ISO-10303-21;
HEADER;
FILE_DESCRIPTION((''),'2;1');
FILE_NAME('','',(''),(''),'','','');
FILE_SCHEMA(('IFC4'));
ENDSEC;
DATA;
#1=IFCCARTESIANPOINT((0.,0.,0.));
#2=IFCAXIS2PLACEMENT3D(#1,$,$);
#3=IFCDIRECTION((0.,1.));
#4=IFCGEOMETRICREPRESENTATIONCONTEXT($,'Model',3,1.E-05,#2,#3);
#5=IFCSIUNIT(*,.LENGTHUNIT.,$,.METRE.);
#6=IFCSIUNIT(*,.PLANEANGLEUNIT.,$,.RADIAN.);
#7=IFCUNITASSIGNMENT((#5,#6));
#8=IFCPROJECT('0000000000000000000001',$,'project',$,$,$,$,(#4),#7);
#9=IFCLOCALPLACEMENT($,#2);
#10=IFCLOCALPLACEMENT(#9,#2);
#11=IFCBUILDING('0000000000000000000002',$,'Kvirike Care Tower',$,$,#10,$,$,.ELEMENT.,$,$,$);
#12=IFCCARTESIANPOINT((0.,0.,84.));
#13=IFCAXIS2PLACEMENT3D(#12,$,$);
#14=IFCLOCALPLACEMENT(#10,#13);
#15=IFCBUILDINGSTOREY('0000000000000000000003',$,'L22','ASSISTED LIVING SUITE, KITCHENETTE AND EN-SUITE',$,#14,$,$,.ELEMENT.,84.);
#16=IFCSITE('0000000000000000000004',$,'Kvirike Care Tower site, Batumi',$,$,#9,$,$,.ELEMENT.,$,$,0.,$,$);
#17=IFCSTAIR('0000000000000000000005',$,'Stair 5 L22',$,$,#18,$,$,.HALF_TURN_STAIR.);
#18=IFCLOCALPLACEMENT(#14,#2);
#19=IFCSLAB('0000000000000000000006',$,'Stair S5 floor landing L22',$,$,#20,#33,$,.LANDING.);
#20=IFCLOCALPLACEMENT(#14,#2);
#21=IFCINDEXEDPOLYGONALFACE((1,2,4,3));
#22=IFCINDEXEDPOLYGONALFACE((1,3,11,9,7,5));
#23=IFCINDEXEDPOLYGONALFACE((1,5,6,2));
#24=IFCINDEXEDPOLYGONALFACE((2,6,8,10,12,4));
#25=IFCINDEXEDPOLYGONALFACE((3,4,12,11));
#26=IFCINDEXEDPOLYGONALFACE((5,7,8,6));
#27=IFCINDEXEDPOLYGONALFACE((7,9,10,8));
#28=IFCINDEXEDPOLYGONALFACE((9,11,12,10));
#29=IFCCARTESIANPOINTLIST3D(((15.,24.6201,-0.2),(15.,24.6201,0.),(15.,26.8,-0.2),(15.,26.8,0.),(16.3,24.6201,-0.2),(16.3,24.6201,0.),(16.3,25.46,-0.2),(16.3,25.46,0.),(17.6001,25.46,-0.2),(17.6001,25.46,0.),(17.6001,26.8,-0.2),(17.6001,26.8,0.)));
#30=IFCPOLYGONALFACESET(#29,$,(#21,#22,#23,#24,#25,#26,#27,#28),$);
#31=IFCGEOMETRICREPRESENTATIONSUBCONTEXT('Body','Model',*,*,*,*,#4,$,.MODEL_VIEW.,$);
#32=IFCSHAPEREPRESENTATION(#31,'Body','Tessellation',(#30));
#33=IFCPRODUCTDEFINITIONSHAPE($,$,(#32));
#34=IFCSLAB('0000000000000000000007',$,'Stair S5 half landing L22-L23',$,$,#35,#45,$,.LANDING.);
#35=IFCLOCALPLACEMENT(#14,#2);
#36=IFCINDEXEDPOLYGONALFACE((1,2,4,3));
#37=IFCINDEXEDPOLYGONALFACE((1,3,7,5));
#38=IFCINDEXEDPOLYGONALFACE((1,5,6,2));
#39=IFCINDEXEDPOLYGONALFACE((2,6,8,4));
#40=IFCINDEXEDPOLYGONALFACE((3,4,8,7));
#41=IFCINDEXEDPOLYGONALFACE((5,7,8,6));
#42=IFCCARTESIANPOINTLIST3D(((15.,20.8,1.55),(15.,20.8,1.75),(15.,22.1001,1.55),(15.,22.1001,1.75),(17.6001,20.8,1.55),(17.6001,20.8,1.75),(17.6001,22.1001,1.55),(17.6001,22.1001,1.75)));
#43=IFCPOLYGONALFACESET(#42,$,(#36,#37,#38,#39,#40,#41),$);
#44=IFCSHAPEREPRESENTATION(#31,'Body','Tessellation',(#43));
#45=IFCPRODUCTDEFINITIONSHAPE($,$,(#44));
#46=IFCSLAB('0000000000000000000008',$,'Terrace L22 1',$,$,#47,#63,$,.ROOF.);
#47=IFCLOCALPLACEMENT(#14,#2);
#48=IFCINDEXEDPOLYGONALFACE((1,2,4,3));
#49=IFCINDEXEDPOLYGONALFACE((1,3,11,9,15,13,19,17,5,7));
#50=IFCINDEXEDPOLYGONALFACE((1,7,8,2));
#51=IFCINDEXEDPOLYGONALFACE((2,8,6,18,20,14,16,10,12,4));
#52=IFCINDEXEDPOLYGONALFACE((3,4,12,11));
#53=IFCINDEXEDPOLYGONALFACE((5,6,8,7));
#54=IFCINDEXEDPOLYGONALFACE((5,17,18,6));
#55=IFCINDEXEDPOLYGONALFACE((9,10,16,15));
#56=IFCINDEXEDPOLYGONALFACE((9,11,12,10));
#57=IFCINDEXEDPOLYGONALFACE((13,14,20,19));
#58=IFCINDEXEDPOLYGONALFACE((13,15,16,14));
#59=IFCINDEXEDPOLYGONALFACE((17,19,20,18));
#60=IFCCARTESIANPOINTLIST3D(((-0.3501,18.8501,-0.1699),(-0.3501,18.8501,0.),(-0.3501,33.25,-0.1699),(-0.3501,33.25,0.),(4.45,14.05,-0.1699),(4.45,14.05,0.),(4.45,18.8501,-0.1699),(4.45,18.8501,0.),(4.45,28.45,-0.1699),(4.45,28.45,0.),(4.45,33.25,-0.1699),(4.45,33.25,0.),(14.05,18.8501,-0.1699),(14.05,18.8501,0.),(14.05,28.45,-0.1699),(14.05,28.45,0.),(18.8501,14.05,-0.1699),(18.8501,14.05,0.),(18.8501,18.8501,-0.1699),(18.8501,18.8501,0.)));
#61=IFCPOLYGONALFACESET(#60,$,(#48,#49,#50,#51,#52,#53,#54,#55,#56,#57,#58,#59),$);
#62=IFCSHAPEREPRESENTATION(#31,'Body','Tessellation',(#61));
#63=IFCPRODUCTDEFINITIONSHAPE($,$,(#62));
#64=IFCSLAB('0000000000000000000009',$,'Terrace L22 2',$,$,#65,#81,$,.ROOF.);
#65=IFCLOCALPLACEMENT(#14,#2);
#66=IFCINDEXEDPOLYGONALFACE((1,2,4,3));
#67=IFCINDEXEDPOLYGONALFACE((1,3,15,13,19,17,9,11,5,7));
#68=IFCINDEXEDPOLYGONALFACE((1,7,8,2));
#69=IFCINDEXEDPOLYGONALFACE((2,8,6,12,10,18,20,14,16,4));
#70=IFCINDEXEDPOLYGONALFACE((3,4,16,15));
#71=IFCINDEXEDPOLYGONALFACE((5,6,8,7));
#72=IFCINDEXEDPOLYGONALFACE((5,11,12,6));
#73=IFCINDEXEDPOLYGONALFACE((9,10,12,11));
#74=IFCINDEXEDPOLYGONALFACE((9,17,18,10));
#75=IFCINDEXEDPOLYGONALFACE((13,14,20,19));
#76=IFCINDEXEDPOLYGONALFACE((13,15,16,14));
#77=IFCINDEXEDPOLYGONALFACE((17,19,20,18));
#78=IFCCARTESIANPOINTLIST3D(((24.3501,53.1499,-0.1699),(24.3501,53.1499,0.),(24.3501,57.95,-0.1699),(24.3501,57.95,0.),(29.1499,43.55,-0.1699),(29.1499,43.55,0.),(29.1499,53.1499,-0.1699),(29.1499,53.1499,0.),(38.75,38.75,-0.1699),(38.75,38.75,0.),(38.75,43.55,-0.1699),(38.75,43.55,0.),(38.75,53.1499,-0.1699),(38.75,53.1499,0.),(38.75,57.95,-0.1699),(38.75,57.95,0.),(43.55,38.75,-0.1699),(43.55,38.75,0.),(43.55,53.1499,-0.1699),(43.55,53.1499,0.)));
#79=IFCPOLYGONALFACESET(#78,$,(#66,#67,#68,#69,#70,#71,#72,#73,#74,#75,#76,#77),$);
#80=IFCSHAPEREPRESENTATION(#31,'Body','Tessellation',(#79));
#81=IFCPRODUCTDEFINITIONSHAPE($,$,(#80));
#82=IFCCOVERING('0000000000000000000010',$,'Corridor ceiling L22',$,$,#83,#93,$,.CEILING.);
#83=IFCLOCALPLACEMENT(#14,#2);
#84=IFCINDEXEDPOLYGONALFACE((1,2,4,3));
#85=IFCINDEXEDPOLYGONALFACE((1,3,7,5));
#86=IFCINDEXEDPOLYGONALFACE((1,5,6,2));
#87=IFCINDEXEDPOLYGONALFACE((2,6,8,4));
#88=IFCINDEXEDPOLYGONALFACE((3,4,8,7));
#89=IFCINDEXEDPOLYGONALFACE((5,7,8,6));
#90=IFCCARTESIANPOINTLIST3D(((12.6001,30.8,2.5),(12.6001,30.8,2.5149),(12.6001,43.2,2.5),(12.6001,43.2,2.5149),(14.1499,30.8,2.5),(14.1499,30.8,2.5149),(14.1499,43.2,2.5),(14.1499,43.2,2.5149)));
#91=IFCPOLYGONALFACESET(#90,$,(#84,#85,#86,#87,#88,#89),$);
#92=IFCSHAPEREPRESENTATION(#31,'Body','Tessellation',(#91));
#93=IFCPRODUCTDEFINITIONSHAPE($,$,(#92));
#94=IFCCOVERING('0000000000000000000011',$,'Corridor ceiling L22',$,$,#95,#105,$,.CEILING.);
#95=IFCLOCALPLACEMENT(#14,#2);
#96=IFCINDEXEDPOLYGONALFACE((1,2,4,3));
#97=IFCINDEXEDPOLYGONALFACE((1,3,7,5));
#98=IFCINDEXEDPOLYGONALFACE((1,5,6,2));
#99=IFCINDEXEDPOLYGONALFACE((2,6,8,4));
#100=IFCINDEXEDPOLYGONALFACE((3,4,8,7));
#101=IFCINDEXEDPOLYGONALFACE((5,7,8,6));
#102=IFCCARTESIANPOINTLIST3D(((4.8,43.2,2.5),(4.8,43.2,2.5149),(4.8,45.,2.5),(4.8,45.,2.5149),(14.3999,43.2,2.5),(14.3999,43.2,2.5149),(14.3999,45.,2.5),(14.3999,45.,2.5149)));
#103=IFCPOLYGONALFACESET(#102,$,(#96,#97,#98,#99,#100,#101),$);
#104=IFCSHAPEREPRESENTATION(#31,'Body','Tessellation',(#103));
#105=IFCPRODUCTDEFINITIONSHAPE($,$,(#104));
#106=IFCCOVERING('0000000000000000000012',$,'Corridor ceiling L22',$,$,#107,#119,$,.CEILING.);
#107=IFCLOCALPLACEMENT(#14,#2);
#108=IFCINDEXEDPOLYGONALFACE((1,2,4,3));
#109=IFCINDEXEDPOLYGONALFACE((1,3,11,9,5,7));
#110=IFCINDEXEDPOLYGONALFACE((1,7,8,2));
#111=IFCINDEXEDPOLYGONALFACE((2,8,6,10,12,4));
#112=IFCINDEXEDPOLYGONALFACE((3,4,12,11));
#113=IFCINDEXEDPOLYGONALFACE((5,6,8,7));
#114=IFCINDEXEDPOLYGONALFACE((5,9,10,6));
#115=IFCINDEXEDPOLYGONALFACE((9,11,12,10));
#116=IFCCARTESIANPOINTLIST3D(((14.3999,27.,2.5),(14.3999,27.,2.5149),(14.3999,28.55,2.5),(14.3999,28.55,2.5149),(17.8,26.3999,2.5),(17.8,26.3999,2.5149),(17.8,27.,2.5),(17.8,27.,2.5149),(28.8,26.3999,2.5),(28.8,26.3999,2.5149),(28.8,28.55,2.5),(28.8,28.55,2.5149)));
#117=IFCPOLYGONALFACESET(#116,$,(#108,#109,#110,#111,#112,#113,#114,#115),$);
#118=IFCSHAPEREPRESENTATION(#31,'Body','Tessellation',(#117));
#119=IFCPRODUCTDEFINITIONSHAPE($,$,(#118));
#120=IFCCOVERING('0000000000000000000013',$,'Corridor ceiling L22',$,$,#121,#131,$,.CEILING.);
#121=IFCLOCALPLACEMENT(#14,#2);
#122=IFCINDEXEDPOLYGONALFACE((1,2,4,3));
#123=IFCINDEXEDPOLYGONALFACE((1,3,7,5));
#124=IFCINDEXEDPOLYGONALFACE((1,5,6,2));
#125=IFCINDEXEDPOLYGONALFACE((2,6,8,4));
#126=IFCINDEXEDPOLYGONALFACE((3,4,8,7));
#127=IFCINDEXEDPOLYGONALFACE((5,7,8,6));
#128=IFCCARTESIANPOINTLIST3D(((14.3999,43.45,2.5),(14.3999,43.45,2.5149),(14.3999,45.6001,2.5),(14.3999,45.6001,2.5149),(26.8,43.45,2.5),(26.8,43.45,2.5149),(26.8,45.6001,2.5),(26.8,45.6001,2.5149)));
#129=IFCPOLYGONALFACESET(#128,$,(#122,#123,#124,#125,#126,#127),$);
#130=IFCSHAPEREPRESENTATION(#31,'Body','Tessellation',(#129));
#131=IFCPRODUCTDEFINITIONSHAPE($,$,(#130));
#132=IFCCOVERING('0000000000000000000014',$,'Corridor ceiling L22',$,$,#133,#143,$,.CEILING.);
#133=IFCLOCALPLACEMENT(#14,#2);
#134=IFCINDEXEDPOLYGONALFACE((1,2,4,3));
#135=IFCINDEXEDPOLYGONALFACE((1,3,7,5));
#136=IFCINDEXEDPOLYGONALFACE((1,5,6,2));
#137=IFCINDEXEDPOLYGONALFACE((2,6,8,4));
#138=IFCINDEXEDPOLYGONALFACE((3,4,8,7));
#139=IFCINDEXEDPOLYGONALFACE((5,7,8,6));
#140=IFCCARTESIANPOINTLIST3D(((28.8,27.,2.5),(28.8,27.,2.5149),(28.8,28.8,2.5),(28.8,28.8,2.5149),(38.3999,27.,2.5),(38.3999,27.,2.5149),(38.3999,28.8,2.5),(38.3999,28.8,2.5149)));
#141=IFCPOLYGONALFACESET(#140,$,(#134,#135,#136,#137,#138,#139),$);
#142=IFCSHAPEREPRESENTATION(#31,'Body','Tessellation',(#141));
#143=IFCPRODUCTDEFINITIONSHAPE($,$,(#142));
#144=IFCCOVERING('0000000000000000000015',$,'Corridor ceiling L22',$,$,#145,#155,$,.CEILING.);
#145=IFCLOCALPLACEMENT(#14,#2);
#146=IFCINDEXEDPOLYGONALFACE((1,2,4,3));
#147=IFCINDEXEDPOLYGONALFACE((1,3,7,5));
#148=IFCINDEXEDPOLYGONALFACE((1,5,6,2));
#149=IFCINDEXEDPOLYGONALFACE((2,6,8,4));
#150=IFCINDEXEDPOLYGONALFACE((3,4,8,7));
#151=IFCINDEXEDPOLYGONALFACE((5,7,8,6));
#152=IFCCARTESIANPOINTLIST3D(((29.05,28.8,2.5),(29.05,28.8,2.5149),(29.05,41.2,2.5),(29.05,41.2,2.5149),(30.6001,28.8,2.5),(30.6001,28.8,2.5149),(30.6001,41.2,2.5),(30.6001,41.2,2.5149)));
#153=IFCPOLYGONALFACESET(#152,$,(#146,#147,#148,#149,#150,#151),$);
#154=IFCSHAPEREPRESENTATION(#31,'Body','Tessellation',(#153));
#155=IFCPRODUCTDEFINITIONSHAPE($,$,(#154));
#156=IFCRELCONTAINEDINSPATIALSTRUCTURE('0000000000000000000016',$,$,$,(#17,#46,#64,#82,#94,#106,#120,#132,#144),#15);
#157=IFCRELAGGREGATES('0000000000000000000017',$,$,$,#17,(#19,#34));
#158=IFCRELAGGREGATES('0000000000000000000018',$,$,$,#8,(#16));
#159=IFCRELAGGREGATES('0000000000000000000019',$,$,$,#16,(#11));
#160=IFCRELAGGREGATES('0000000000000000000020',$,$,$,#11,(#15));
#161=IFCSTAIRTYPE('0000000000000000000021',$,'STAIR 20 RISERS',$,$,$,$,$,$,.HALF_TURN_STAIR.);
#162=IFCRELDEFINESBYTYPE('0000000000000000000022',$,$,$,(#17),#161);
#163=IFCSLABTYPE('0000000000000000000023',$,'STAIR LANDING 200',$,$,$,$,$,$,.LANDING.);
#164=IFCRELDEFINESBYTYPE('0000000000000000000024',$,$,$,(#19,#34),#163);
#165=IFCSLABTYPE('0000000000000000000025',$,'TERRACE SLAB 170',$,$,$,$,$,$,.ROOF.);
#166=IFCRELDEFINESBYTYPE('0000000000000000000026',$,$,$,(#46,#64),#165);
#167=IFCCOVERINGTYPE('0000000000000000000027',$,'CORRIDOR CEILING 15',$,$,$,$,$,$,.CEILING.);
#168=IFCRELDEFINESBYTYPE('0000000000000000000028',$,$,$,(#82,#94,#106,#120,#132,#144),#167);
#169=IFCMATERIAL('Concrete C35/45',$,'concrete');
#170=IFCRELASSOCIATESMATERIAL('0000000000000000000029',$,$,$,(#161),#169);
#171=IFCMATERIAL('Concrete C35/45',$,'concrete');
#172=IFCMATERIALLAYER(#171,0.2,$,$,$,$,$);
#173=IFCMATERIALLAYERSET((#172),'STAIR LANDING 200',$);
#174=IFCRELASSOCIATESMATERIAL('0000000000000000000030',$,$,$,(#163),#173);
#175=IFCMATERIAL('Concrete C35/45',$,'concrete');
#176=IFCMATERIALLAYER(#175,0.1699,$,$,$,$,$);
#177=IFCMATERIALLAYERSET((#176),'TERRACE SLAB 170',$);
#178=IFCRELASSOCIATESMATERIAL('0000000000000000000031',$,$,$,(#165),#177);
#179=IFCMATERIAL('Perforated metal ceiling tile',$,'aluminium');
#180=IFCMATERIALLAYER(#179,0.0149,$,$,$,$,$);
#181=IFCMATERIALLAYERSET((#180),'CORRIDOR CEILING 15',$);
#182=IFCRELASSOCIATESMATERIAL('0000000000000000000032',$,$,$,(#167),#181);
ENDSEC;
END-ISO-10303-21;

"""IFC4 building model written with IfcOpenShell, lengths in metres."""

from ifc_helpers import new_model, si_unit, direction, frame, origin, place, context, subcontext, project, spatial, polyline, outline, extrude, material, layer, layer_set, type_object, element, aggregate, save


model = new_model("IFC4")

# Units and contexts
model_context = context("Model", 3, precision=1e-05, world=origin(), true_north=direction((0.0, 1.0)))
body_context = subcontext(model_context, "Body", "Model", "MODEL_VIEW")
ifc_project = project(units=[si_unit("LENGTHUNIT", "METRE"), si_unit("PLANEANGLEUNIT", "RADIAN")], contexts=[model_context])

# Site, building, storey
site_placement = place(None, origin())
site = spatial("IfcSite", under=ifc_project, at=site_placement, Name="Kvirike Care Tower site, Batumi", CompositionType="ELEMENT", RefElevation=0.0)
building_placement = place(site_placement, origin())
building = spatial("IfcBuilding", under=site, at=building_placement, Name="Kvirike Care Tower", CompositionType="ELEMENT")
storey_placement = place(building_placement, frame((0.0, 0.0, 84.0)))
storey = spatial("IfcBuildingStorey", under=building, at=storey_placement, Name="L22", Description="ASSISTED LIVING SUITE, KITCHENETTE AND EN-SUITE", CompositionType="ELEMENT", Elevation=84.0)

# Stair, slabs
ifc_material_1 = material(Name="Concrete C35/45", Category="concrete")
stair_type = type_object("IfcStairType", Name="STAIR 20 RISERS", PredefinedType="HALF_TURN_STAIR", material=ifc_material_1)
ifc_material_2 = material(Name="Concrete C35/45", Category="concrete")
ifc_layer_1 = layer(ifc_material_2, 0.2)
ifc_layer_set_1 = layer_set([ifc_layer_1], Name="STAIR LANDING 200")
slab_type_1 = type_object("IfcSlabType", Name="STAIR LANDING 200", PredefinedType="LANDING", material=ifc_layer_set_1)
stair_1_placement = place(storey_placement, origin())
stair_1 = element("IfcStair", 1, at=stair_1_placement, inside=storey, type_object=stair_type, Name="Stair 5 L22", PredefinedType="HALF_TURN_STAIR")
slab_1_placement = place(storey_placement, frame((0.0, 0.0, -0.2)))
slab_1 = element("IfcSlab", 2, at=slab_1_placement, type_object=slab_type_1, Name="Stair S5 floor landing L22", PredefinedType="LANDING", context=body_context, shape_type="SweptSolid", body=[
    extrude(outline(polyline([(15.0, 24.6201), (16.3, 24.6201), (16.3, 25.46), (17.6001, 25.46), (17.6001, 26.8), (15.0, 26.8), (15.0, 24.6201)])), origin(), (0.0, 0.0, 1.0), 0.2),
])
slab_2_placement = place(storey_placement, frame((0.0, 0.0, 1.55)))
slab_2 = element("IfcSlab", 3, at=slab_2_placement, type_object=slab_type_1, Name="Stair S5 half landing L22-L23", PredefinedType="LANDING", context=body_context, shape_type="SweptSolid", body=[
    extrude(outline(polyline([(15.0, 20.8), (17.6001, 20.8), (17.6001, 22.1001), (15.0, 22.1001), (15.0, 20.8)])), origin(), (0.0, 0.0, 1.0), 0.2),
])
aggregate(stair_1, [slab_1, slab_2])

# Slabs
ifc_material_3 = material(Name="Concrete C35/45", Category="concrete")
ifc_layer_2 = layer(ifc_material_3, 0.1699)
ifc_layer_set_2 = layer_set([ifc_layer_2], Name="TERRACE SLAB 170")
slab_type_2 = type_object("IfcSlabType", Name="TERRACE SLAB 170", PredefinedType="ROOF", material=ifc_layer_set_2)
slab_3_placement = place(storey_placement, frame((0.0, 0.0, -0.1699)))
element("IfcSlab", 4, at=slab_3_placement, inside=storey, type_object=slab_type_2, Name="Terrace L22 1", PredefinedType="ROOF", context=body_context, shape_type="SweptSolid", body=[
    extrude(outline(polyline([(4.45, 14.05), (18.8501, 14.05), (18.8501, 18.8501), (14.05, 18.8501), (14.05, 28.45), (4.45, 28.45), (4.45, 33.25), (-0.3501, 33.25), (-0.3501, 18.8501), (4.45, 18.8501), (4.45, 14.05)])), origin(), (0.0, 0.0, 1.0), 0.1699),
])
slab_4_placement = place(storey_placement, frame((0.0, 0.0, -0.1699)))
element("IfcSlab", 5, at=slab_4_placement, inside=storey, type_object=slab_type_2, Name="Terrace L22 2", PredefinedType="ROOF", context=body_context, shape_type="SweptSolid", body=[
    extrude(outline(polyline([(38.75, 57.95), (24.3501, 57.95), (24.3501, 53.1499), (29.1499, 53.1499), (29.1499, 43.55), (38.75, 43.55), (38.75, 38.75), (43.55, 38.75), (43.55, 53.1499), (38.75, 53.1499), (38.75, 57.95)])), origin(), (0.0, 0.0, 1.0), 0.1699),
])

# Coverings
ifc_material_4 = material(Name="Perforated metal ceiling tile", Category="aluminium")
ifc_layer_3 = layer(ifc_material_4, 0.0149)
ifc_layer_set_3 = layer_set([ifc_layer_3], Name="CORRIDOR CEILING 15")
covering_type_1 = type_object("IfcCoveringType", Name="CORRIDOR CEILING 15", PredefinedType="CEILING", material=ifc_layer_set_3)
covering_1_placement = place(storey_placement, frame((0.0, 0.0, 2.5)))
element("IfcCovering", 6, at=covering_1_placement, inside=storey, type_object=covering_type_1, Name="Corridor ceiling L22", PredefinedType="CEILING", context=body_context, shape_type="SweptSolid", body=[
    extrude(outline(polyline([(14.1499, 43.2), (14.1499, 30.8), (12.6001, 30.8), (12.6001, 43.2), (14.1499, 43.2)])), origin(), (0.0, 0.0, 1.0), 0.0149),
])
covering_2_placement = place(storey_placement, frame((0.0, 0.0, 2.5)))
element("IfcCovering", 7, at=covering_2_placement, inside=storey, type_object=covering_type_1, Name="Corridor ceiling L22", PredefinedType="CEILING", context=body_context, shape_type="SweptSolid", body=[
    extrude(outline(polyline([(14.3999, 45.0), (14.3999, 43.2), (4.8, 43.2), (4.8, 45.0), (14.3999, 45.0)])), origin(), (0.0, 0.0, 1.0), 0.0149),
])
covering_3_placement = place(storey_placement, frame((0.0, 0.0, 2.5)))
element("IfcCovering", 8, at=covering_3_placement, inside=storey, type_object=covering_type_1, Name="Corridor ceiling L22", PredefinedType="CEILING", context=body_context, shape_type="SweptSolid", body=[
    extrude(outline(polyline([(14.3999, 28.55), (28.8, 28.55), (28.8, 26.3999), (17.8, 26.3999), (17.8, 27.0), (14.3999, 27.0), (14.3999, 28.55)])), origin(), (0.0, 0.0, 1.0), 0.0149),
])
covering_4_placement = place(storey_placement, frame((0.0, 0.0, 2.5)))
element("IfcCovering", 9, at=covering_4_placement, inside=storey, type_object=covering_type_1, Name="Corridor ceiling L22", PredefinedType="CEILING", context=body_context, shape_type="SweptSolid", body=[
    extrude(outline(polyline([(14.3999, 43.45), (14.3999, 45.6001), (26.8, 45.6001), (26.8, 43.45), (14.3999, 43.45)])), origin(), (0.0, 0.0, 1.0), 0.0149),
])
covering_5_placement = place(storey_placement, frame((0.0, 0.0, 2.5)))
element("IfcCovering", 10, at=covering_5_placement, inside=storey, type_object=covering_type_1, Name="Corridor ceiling L22", PredefinedType="CEILING", context=body_context, shape_type="SweptSolid", body=[
    extrude(outline(polyline([(28.8, 27.0), (28.8, 28.8), (38.3999, 28.8), (38.3999, 27.0), (28.8, 27.0)])), origin(), (0.0, 0.0, 1.0), 0.0149),
])
covering_6_placement = place(storey_placement, frame((0.0, 0.0, 2.5)))
element("IfcCovering", 11, at=covering_6_placement, inside=storey, type_object=covering_type_1, Name="Corridor ceiling L22", PredefinedType="CEILING", context=body_context, shape_type="SweptSolid", body=[
    extrude(outline(polyline([(29.05, 28.8), (29.05, 41.2), (30.6001, 41.2), (30.6001, 28.8), (29.05, 28.8)])), origin(), (0.0, 0.0, 1.0), 0.0149),
])

save(model, "model.ifc")
